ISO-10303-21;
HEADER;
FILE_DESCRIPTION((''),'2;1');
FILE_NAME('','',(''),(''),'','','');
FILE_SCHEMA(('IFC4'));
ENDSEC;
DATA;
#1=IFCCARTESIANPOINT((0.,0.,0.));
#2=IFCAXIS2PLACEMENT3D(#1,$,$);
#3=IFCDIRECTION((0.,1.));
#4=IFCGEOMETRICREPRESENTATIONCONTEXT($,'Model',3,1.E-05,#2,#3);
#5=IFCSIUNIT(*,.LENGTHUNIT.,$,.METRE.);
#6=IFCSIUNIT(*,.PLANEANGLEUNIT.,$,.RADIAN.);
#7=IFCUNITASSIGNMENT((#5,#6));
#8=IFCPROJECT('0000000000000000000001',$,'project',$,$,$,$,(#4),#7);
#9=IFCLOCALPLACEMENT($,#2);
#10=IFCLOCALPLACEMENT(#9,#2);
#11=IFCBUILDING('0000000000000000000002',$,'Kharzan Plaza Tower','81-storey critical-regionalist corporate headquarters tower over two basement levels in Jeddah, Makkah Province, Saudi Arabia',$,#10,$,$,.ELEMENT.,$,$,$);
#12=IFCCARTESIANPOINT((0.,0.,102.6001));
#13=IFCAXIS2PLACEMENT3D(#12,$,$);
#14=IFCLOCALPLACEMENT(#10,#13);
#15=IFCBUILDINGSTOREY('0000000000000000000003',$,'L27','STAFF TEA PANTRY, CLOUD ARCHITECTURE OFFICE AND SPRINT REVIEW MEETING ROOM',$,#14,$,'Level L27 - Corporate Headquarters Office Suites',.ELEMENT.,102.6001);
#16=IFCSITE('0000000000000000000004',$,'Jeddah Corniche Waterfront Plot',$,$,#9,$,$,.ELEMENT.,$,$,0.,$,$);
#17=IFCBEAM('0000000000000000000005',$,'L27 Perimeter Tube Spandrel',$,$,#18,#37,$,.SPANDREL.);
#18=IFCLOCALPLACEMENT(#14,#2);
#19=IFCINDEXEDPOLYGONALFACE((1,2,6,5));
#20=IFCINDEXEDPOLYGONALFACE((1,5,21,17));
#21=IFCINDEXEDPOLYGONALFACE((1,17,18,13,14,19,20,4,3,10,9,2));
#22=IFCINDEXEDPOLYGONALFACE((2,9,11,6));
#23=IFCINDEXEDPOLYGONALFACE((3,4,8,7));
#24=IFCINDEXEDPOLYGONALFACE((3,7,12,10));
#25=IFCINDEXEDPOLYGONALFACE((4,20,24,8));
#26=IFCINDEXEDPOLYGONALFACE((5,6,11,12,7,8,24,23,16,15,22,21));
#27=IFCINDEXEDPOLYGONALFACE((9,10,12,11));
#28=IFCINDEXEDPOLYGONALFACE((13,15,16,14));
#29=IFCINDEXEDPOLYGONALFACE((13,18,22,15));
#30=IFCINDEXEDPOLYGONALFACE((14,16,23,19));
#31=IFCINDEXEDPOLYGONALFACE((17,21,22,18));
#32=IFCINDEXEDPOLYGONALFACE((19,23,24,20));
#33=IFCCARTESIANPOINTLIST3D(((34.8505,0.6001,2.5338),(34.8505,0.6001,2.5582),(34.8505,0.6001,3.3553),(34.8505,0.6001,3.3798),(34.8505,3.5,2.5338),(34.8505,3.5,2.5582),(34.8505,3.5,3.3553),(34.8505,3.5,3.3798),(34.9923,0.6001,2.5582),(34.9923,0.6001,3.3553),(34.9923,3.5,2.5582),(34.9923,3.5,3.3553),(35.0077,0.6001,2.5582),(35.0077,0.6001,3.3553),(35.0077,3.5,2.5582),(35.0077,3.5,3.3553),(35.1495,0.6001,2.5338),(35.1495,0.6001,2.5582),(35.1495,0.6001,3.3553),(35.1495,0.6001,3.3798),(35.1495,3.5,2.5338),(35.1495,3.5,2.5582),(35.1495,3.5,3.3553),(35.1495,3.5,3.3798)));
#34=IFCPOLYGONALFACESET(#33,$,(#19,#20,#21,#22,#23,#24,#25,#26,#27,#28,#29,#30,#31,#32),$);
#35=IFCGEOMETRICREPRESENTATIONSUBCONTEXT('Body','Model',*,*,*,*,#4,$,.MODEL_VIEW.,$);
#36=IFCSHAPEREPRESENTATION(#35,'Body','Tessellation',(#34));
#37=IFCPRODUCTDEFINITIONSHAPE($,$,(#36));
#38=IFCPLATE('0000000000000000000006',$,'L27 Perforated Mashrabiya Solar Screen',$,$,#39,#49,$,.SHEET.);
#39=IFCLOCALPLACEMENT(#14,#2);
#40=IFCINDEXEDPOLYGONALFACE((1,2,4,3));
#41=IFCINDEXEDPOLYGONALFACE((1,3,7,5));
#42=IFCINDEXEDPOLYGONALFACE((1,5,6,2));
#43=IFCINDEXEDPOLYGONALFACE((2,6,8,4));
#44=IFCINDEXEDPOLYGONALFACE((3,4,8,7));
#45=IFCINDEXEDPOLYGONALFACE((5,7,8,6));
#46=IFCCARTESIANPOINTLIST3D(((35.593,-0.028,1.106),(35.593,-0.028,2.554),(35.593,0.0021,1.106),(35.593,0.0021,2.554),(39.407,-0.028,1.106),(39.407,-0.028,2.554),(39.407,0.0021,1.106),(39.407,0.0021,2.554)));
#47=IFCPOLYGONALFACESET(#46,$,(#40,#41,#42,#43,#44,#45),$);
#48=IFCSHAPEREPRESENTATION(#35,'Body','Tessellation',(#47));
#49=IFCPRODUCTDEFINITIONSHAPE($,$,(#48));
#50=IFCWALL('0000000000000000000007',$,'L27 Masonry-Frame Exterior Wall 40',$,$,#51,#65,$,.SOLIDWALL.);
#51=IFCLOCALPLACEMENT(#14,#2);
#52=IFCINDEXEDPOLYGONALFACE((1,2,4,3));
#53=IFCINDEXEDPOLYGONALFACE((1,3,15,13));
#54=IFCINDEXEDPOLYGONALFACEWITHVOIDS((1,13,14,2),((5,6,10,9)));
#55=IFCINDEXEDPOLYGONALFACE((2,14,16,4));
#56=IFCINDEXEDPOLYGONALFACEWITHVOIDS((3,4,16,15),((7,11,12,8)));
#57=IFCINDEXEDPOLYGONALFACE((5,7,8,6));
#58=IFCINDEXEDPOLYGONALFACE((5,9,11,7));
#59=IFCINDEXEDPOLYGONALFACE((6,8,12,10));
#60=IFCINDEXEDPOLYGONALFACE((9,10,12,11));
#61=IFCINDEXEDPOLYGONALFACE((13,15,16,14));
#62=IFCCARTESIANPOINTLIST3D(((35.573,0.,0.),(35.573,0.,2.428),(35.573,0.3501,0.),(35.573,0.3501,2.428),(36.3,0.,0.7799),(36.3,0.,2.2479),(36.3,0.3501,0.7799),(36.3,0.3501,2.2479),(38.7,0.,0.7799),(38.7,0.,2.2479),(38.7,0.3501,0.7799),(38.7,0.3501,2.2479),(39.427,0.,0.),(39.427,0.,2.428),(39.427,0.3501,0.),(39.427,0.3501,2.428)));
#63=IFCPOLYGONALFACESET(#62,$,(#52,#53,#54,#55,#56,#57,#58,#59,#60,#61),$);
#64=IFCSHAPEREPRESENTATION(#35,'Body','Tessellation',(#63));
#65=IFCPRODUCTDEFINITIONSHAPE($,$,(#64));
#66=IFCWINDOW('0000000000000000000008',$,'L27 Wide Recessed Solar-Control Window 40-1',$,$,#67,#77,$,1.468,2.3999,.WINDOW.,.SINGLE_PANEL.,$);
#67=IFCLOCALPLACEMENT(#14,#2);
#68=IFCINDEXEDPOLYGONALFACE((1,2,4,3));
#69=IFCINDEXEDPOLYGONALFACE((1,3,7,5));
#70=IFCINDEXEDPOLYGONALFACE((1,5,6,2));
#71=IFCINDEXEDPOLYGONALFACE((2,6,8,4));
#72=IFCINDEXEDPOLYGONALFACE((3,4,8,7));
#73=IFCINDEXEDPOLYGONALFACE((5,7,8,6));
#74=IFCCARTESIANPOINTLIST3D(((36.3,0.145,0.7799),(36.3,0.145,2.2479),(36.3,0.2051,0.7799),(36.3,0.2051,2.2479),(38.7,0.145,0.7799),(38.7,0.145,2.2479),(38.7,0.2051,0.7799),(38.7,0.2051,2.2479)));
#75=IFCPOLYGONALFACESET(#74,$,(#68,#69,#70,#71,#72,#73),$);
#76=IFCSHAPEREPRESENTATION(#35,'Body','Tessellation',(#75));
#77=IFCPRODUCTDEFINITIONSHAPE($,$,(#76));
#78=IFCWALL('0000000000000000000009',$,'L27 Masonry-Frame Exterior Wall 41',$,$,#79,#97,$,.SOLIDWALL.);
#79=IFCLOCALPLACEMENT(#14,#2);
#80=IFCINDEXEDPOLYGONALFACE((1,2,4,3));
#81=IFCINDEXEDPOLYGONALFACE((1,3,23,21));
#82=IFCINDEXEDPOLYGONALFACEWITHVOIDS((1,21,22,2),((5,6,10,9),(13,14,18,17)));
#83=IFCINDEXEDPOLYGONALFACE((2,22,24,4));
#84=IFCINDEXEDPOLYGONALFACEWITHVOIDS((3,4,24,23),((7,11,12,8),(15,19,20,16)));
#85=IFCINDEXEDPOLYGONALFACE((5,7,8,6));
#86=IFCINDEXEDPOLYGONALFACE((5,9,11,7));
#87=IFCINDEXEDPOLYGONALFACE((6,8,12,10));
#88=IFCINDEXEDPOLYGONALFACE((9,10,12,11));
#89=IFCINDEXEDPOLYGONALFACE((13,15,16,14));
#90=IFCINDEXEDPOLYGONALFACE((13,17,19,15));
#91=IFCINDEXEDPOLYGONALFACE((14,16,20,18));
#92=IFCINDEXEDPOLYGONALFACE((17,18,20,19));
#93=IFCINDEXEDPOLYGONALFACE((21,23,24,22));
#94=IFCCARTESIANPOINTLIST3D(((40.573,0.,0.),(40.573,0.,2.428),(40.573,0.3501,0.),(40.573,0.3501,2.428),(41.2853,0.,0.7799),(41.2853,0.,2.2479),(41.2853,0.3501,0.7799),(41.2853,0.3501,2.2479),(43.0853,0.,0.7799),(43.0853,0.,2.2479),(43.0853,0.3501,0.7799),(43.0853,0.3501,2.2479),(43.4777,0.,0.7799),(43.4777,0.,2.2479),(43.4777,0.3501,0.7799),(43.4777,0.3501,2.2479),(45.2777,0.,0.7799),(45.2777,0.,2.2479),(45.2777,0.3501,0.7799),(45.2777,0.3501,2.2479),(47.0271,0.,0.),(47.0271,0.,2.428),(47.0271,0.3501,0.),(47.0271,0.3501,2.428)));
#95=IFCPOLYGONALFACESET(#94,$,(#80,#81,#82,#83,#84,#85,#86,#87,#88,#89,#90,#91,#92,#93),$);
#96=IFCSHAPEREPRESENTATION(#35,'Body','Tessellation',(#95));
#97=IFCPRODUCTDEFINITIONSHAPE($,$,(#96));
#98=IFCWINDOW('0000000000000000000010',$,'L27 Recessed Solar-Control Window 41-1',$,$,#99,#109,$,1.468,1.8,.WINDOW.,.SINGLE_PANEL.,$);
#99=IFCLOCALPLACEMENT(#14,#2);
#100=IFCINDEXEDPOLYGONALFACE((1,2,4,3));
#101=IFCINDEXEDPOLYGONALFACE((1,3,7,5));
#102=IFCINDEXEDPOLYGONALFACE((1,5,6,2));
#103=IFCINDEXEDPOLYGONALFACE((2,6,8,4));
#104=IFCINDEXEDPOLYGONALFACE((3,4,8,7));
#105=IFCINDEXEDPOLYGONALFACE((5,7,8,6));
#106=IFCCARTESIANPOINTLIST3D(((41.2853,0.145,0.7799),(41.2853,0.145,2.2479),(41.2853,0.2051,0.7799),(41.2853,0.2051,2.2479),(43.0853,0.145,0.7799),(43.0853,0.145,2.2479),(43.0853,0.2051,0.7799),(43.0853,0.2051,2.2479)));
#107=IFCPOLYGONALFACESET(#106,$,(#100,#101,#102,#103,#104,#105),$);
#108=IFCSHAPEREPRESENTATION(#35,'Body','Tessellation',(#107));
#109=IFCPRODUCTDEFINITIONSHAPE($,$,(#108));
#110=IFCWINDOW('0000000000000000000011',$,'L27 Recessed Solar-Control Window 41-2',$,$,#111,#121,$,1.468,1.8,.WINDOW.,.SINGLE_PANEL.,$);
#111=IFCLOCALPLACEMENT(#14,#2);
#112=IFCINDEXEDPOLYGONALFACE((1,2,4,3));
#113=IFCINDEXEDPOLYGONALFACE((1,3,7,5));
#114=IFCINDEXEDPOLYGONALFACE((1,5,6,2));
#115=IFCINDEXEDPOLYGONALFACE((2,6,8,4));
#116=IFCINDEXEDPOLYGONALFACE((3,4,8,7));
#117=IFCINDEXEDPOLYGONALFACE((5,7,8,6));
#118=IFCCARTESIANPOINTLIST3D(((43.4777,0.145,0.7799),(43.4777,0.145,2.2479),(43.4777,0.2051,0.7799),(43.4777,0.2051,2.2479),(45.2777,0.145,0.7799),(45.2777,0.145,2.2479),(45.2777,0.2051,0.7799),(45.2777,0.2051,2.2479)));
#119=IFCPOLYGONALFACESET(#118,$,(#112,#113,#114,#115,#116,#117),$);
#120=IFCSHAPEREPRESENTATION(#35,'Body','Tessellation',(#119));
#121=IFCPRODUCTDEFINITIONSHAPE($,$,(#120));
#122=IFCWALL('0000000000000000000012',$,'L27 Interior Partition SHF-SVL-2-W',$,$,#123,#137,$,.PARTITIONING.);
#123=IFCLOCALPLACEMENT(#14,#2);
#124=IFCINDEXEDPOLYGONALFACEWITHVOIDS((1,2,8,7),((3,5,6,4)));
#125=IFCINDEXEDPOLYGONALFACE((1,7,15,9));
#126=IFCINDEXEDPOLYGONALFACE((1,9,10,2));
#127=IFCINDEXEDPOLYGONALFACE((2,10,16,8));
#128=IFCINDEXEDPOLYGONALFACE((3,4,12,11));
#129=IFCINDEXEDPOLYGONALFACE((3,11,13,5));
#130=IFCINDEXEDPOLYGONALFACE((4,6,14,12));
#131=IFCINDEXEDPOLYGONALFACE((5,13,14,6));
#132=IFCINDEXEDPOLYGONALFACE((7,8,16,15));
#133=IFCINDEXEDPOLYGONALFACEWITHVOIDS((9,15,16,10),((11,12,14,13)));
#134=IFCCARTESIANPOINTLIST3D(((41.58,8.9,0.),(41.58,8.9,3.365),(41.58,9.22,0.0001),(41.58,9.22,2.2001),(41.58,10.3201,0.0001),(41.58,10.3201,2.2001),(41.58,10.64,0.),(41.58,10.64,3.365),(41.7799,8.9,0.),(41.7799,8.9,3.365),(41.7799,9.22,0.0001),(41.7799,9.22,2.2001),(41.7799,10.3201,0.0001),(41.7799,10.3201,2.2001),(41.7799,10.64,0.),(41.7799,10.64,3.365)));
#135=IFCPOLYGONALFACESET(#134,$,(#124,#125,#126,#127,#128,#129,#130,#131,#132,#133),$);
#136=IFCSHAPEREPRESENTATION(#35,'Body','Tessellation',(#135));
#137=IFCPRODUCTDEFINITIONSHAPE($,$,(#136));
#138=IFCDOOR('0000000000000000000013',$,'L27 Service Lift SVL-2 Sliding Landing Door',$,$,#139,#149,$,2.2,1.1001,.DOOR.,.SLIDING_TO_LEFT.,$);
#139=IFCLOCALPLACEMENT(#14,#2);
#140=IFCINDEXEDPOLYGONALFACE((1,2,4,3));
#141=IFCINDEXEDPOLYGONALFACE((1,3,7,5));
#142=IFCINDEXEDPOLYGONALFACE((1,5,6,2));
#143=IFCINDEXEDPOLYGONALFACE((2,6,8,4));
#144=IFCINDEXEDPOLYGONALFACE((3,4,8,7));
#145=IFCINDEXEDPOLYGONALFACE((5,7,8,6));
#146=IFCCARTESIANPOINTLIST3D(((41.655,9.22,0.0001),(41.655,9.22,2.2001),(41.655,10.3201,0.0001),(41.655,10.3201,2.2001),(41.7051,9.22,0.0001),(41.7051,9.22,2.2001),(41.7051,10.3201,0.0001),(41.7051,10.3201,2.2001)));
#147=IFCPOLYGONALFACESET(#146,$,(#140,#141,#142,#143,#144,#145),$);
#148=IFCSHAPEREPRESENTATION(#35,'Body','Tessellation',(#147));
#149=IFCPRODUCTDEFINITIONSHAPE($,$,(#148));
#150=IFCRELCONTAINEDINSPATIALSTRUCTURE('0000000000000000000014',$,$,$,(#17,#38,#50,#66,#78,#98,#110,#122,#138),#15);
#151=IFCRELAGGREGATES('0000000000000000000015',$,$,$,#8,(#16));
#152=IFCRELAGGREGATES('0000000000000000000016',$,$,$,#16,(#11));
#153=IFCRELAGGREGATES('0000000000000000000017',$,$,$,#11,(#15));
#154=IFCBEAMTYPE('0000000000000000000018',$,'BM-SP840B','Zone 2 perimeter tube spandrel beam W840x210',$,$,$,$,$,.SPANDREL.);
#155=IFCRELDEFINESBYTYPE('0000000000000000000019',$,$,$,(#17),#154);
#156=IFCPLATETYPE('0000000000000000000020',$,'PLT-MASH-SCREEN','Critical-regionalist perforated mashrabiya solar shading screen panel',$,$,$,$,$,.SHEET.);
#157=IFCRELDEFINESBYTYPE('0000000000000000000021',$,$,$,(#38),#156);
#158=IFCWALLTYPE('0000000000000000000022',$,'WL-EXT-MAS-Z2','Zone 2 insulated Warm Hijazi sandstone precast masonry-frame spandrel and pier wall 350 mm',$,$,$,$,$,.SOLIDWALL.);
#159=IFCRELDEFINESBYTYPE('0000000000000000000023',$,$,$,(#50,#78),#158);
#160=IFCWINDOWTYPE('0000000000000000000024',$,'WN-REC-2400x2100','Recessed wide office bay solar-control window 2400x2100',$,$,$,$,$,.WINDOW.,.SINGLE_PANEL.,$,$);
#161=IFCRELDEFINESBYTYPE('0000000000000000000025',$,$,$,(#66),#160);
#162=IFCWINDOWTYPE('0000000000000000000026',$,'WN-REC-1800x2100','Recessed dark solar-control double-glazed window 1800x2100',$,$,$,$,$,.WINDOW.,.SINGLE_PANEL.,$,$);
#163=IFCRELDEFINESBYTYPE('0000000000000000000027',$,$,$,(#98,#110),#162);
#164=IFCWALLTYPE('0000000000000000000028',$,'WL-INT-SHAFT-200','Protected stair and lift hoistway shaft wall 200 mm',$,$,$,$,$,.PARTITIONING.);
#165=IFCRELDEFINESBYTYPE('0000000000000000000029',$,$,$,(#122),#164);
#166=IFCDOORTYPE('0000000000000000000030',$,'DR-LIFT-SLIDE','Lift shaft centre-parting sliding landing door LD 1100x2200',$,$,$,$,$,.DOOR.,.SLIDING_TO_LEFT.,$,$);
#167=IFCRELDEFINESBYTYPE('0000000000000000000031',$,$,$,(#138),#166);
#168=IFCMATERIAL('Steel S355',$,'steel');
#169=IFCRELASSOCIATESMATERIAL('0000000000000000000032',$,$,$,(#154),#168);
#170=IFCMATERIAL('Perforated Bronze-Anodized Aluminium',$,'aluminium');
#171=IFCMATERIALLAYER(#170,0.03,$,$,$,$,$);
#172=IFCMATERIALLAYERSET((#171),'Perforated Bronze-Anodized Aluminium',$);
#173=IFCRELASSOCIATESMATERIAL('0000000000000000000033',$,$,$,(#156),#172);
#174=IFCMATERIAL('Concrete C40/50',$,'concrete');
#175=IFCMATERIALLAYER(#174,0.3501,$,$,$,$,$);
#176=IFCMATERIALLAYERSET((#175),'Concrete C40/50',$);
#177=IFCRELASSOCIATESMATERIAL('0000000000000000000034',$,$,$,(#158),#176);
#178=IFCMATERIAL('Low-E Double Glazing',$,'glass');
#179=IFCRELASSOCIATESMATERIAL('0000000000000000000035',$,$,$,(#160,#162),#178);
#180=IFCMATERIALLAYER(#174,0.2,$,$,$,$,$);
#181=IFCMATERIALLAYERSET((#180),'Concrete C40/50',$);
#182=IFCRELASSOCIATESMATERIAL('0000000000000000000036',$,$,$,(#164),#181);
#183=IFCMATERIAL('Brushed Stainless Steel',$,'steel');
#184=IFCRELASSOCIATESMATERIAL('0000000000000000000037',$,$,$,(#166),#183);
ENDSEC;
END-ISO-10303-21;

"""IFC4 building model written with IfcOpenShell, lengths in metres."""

from ifc_helpers import new_model, si_unit, direction, frame, frame_2d, origin, origin_2d, place, context, subcontext, project, spatial, rectangle, i_section, extrude, source, transform, mapped, material, layer, layer_set, material_profile, profile_set, type_object, element, fill, save


model = new_model("IFC4")

# Units and contexts
model_context = context("Model", 3, precision=1e-05, world=origin(), true_north=direction((0.0, 1.0)))
body_context = subcontext(model_context, "Body", "Model", "MODEL_VIEW")
ifc_project = project(units=[si_unit("LENGTHUNIT", "METRE"), si_unit("PLANEANGLEUNIT", "RADIAN")], contexts=[model_context])

# Site, building, storey
site_placement = place(None, origin())
site = spatial("IfcSite", under=ifc_project, at=site_placement, Name="Jeddah Corniche Waterfront Plot", CompositionType="ELEMENT", RefElevation=0.0)
building_placement = place(site_placement, origin())
building = spatial("IfcBuilding", under=site, at=building_placement, Name="Kharzan Plaza Tower", Description="81-storey critical-regionalist corporate headquarters tower over two basement levels in Jeddah, Makkah Province, Saudi Arabia", CompositionType="ELEMENT")
storey_placement = place(building_placement, frame((0.0, 0.0, 102.6001)))
storey = spatial("IfcBuildingStorey", under=building, at=storey_placement, Name="L27", Description="STAFF TEA PANTRY, CLOUD ARCHITECTURE OFFICE AND SPRINT REVIEW MEETING ROOM", LongName="Level L27 - Corporate Headquarters Office Suites", CompositionType="ELEMENT", Elevation=102.6001)

# Shared definitions
ifc_material_1 = material(Name="Steel S355", Category="steel")

# Beam
ifc_material_profile_1 = material_profile(ifc_material_1, i_section(OverallWidth=0.2991, OverallDepth=0.8459, WebThickness=0.0154, FlangeThickness=0.0244, at=origin_2d()), Name="W840x210")
ifc_profile_set_1 = profile_set([ifc_material_profile_1], Name="Steel S355")
beam_type_1 = type_object("IfcBeamType", Name="BM-SP840B", Description="Zone 2 perimeter tube spandrel beam W840x210", PredefinedType="SPANDREL", material=ifc_profile_set_1)
shared_shape_1 = source(origin(), body_context, "Body", "SweptSolid", [
    extrude(i_section(OverallWidth=0.2991, OverallDepth=0.8459, WebThickness=0.0154, FlangeThickness=0.0244, at=origin_2d()), origin(), (0.0, 0.0, 1.0), 2.8999),
])
beam_1_placement = place(storey_placement, frame((35.0, 0.6001, 2.9568), z_axis=(0.0, 1.0, 0.0), x_axis=(-1.0, 0.0, 0.0)))
element("IfcBeam", 1, at=beam_1_placement, inside=storey, type_object=beam_type_1, Name="L27 Perimeter Tube Spandrel", PredefinedType="SPANDREL", context=body_context, shape_type="MappedRepresentation", body=[
    mapped(shared_shape_1, transform((0.0, 0.0, 0.0), x_axis=(1.0, 0.0, 0.0), y_axis=(0.0, 1.0, 0.0), z_axis=(0.0, 0.0, 1.0))),
])

# Plate
ifc_material_2 = material(Name="Perforated Bronze-Anodized Aluminium", Category="aluminium")
ifc_layer_1 = layer(ifc_material_2, 0.03)
ifc_layer_set_1 = layer_set([ifc_layer_1], Name="Perforated Bronze-Anodized Aluminium")
plate_type = type_object("IfcPlateType", Name="PLT-MASH-SCREEN", Description="Critical-regionalist perforated mashrabiya solar shading screen panel", PredefinedType="SHEET", material=ifc_layer_set_1)
shared_shape_2 = source(origin(), body_context, "Body", "SweptSolid", [
    extrude(rectangle(XDim=3.814, YDim=0.03, at=origin_2d()), origin(), (0.0, 0.0, 1.0), 1.448),
])
plate_placement = place(storey_placement, frame((37.5, -0.0129, 1.106), z_axis=(0.0, 0.0, 1.0), x_axis=(1.0, 0.0, 0.0)))
element("IfcPlate", 2, at=plate_placement, inside=storey, type_object=plate_type, Name="L27 Perforated Mashrabiya Solar Screen", PredefinedType="SHEET", context=body_context, shape_type="MappedRepresentation", body=[
    mapped(shared_shape_2, transform((0.0, 0.0, 0.0), x_axis=(1.0, 0.0, 0.0), y_axis=(0.0, 1.0, 0.0), z_axis=(0.0, 0.0, 1.0))),
])

# Wall, opening, window
ifc_material_3 = material(Name="Concrete C40/50", Category="concrete")
ifc_layer_2 = layer(ifc_material_3, 0.3501)
ifc_layer_set_2 = layer_set([ifc_layer_2], Name="Concrete C40/50")
wall_type_1 = type_object("IfcWallType", Name="WL-EXT-MAS-Z2", Description="Zone 2 insulated Warm Hijazi sandstone precast masonry-frame spandrel and pier wall 350 mm", PredefinedType="SOLIDWALL", material=ifc_layer_set_2)
wall_1_placement = place(storey_placement, frame((35.573, 0.175, 0.0), z_axis=(0.0, 0.0, 1.0), x_axis=(1.0, 0.0, 0.0)))
wall_1 = element("IfcWall", 3, at=wall_1_placement, inside=storey, type_object=wall_type_1, Name="L27 Masonry-Frame Exterior Wall 40", PredefinedType="SOLIDWALL", context=body_context, shape_type="SweptSolid", body=[
    extrude(rectangle(XDim=3.854, YDim=0.3501, at=frame_2d((1.927, 0.0))), origin(), (0.0, 0.0, 1.0), 2.428),
])
opening_1_placement = place(wall_1_placement, frame((0.7271, 0.0, 0.78)))
opening_1 = element("IfcOpeningElement", 4, at=opening_1_placement, cuts=wall_1, PredefinedType="OPENING", context=body_context, shape_type="SweptSolid", body=[
    extrude(rectangle(XDim=2.3999, YDim=1.468, at=frame_2d((1.2, 0.7339))), frame((0.0, 0.1851, 0.0), z_axis=(0.0, -1.0, 0.0), x_axis=(1.0, 0.0, 0.0)), (0.0, 0.0, 1.0), 0.3701),
])
ifc_material_4 = material(Name="Low-E Double Glazing", Category="glass")
window_type_1 = type_object("IfcWindowType", Name="WN-REC-2400x2100", Description="Recessed wide office bay solar-control window 2400x2100", PartitioningType="SINGLE_PANEL", PredefinedType="WINDOW", material=ifc_material_4)
shared_shape_3 = source(origin(), body_context, "Body", "SweptSolid", [
    extrude(rectangle(XDim=2.3999, YDim=1.468, at=frame_2d((1.2, 0.7339))), frame((0.0, 0.03, 0.0), z_axis=(0.0, -1.0, 0.0), x_axis=(1.0, 0.0, 0.0)), (0.0, 0.0, 1.0), 0.0601),
])
window_1_placement = place(opening_1_placement, origin())
window_1 = element("IfcWindow", 5, at=window_1_placement, inside=storey, type_object=window_type_1, Name="L27 Wide Recessed Solar-Control Window 40-1", OverallHeight=1.468, OverallWidth=2.3999, PartitioningType="SINGLE_PANEL", PredefinedType="WINDOW", context=body_context, shape_type="MappedRepresentation", body=[
    mapped(shared_shape_3, transform((0.0, 0.0, 0.0), x_axis=(1.0, 0.0, 0.0), y_axis=(0.0, 1.0, 0.0), z_axis=(0.0, 0.0, 1.0))),
])
fill(opening_1, window_1)

# Wall, openings, windows
wall_2_placement = place(storey_placement, frame((40.573, 0.175, 0.0), z_axis=(0.0, 0.0, 1.0), x_axis=(1.0, 0.0, 0.0)))
wall_2 = element("IfcWall", 6, at=wall_2_placement, inside=storey, type_object=wall_type_1, Name="L27 Masonry-Frame Exterior Wall 41", PredefinedType="SOLIDWALL", context=body_context, shape_type="SweptSolid", body=[
    extrude(rectangle(XDim=6.4541, YDim=0.3501, at=frame_2d((3.2271, 0.0))), origin(), (0.0, 0.0, 1.0), 2.428),
])
opening_2_placement = place(wall_2_placement, frame((0.7124, 0.0, 0.78)))
opening_2 = element("IfcOpeningElement", 7, at=opening_2_placement, cuts=wall_2, PredefinedType="OPENING", context=body_context, shape_type="SweptSolid", body=[
    extrude(rectangle(XDim=1.8, YDim=1.468, at=frame_2d((0.8999, 0.7339))), frame((0.0, 0.1851, 0.0), z_axis=(0.0, -1.0, 0.0), x_axis=(1.0, 0.0, 0.0)), (0.0, 0.0, 1.0), 0.3701),
])
opening_3_placement = place(wall_2_placement, frame((2.9048, 0.0, 0.78)))
opening_3 = element("IfcOpeningElement", 8, at=opening_3_placement, cuts=wall_2, PredefinedType="OPENING", context=body_context, shape_type="SweptSolid", body=[
    extrude(rectangle(XDim=1.8, YDim=1.468, at=frame_2d((0.8999, 0.7339))), frame((0.0, 0.1851, 0.0), z_axis=(0.0, -1.0, 0.0), x_axis=(1.0, 0.0, 0.0)), (0.0, 0.0, 1.0), 0.3701),
])
window_type_2 = type_object("IfcWindowType", Name="WN-REC-1800x2100", Description="Recessed dark solar-control double-glazed window 1800x2100", PartitioningType="SINGLE_PANEL", PredefinedType="WINDOW", material=ifc_material_4)
shared_shape_4 = source(origin(), body_context, "Body", "SweptSolid", [
    extrude(rectangle(XDim=1.8, YDim=1.468, at=frame_2d((0.8999, 0.7339))), frame((0.0, 0.03, 0.0), z_axis=(0.0, -1.0, 0.0), x_axis=(1.0, 0.0, 0.0)), (0.0, 0.0, 1.0), 0.0601),
])
window_2_placement = place(opening_2_placement, origin())
window_2 = element("IfcWindow", 9, at=window_2_placement, inside=storey, type_object=window_type_2, Name="L27 Recessed Solar-Control Window 41-1", OverallHeight=1.468, OverallWidth=1.8, PartitioningType="SINGLE_PANEL", PredefinedType="WINDOW", context=body_context, shape_type="MappedRepresentation", body=[
    mapped(shared_shape_4, transform((0.0, 0.0, 0.0), x_axis=(1.0, 0.0, 0.0), y_axis=(0.0, 1.0, 0.0), z_axis=(0.0, 0.0, 1.0))),
])
fill(opening_2, window_2)
window_3_placement = place(opening_3_placement, origin())
window_3 = element("IfcWindow", 10, at=window_3_placement, inside=storey, type_object=window_type_2, Name="L27 Recessed Solar-Control Window 41-2", OverallHeight=1.468, OverallWidth=1.8, PartitioningType="SINGLE_PANEL", PredefinedType="WINDOW", context=body_context, shape_type="MappedRepresentation", body=[
    mapped(shared_shape_4, transform((0.0, 0.0, 0.0), x_axis=(1.0, 0.0, 0.0), y_axis=(0.0, 1.0, 0.0), z_axis=(0.0, 0.0, 1.0))),
])
fill(opening_3, window_3)

# Wall, opening, door
ifc_layer_3 = layer(ifc_material_3, 0.2)
ifc_layer_set_3 = layer_set([ifc_layer_3], Name="Concrete C40/50")
wall_type_2 = type_object("IfcWallType", Name="WL-INT-SHAFT-200", Description="Protected stair and lift hoistway shaft wall 200 mm", PredefinedType="PARTITIONING", material=ifc_layer_set_3)
wall_3_placement = place(storey_placement, frame((41.6799, 8.8999, 0.0), z_axis=(0.0, 0.0, 1.0), x_axis=(0.0, 1.0, 0.0)))
wall_3 = element("IfcWall", 11, at=wall_3_placement, inside=storey, type_object=wall_type_2, Name="L27 Interior Partition SHF-SVL-2-W", PredefinedType="PARTITIONING", context=body_context, shape_type="SweptSolid", body=[
    extrude(rectangle(XDim=1.74, YDim=0.2, at=frame_2d((0.8701, 0.0))), origin(), (0.0, 0.0, 1.0), 3.365),
])
opening_4_placement = place(wall_3_placement, frame((0.3201, 0.0, 0.0)))
opening_4 = element("IfcOpeningElement", 12, at=opening_4_placement, cuts=wall_3, PredefinedType="OPENING", context=body_context, shape_type="SweptSolid", body=[
    extrude(rectangle(XDim=1.1001, YDim=2.2, at=frame_2d((0.55, 1.1001))), frame((0.0, 0.1099, 0.0), z_axis=(0.0, -1.0, 0.0), x_axis=(1.0, 0.0, 0.0)), (0.0, 0.0, 1.0), 0.22),
])
ifc_material_5 = material(Name="Brushed Stainless Steel", Category="steel")
door_type_1 = type_object("IfcDoorType", Name="DR-LIFT-SLIDE", Description="Lift shaft centre-parting sliding landing door LD 1100x2200", OperationType="SLIDING_TO_LEFT", PredefinedType="DOOR", material=ifc_material_5)
shared_shape_5 = source(origin(), body_context, "Body", "SweptSolid", [
    extrude(rectangle(XDim=1.1001, YDim=2.2, at=frame_2d((0.55, 1.1001))), frame((0.0, 0.0249, 0.0), z_axis=(0.0, -1.0, 0.0), x_axis=(1.0, 0.0, 0.0)), (0.0, 0.0, 1.0), 0.05),
])
door_1_placement = place(opening_4_placement, origin())
door_1 = element("IfcDoor", 13, at=door_1_placement, inside=storey, type_object=door_type_1, Name="L27 Service Lift SVL-2 Sliding Landing Door", OperationType="SLIDING_TO_LEFT", OverallHeight=2.2, OverallWidth=1.1001, PredefinedType="DOOR", context=body_context, shape_type="MappedRepresentation", body=[
    mapped(shared_shape_5, transform((0.0, 0.0, 0.0), x_axis=(1.0, 0.0, 0.0), y_axis=(0.0, 1.0, 0.0), z_axis=(0.0, 0.0, 1.0))),
])
fill(opening_4, door_1)

save(model, "model.ifc")
